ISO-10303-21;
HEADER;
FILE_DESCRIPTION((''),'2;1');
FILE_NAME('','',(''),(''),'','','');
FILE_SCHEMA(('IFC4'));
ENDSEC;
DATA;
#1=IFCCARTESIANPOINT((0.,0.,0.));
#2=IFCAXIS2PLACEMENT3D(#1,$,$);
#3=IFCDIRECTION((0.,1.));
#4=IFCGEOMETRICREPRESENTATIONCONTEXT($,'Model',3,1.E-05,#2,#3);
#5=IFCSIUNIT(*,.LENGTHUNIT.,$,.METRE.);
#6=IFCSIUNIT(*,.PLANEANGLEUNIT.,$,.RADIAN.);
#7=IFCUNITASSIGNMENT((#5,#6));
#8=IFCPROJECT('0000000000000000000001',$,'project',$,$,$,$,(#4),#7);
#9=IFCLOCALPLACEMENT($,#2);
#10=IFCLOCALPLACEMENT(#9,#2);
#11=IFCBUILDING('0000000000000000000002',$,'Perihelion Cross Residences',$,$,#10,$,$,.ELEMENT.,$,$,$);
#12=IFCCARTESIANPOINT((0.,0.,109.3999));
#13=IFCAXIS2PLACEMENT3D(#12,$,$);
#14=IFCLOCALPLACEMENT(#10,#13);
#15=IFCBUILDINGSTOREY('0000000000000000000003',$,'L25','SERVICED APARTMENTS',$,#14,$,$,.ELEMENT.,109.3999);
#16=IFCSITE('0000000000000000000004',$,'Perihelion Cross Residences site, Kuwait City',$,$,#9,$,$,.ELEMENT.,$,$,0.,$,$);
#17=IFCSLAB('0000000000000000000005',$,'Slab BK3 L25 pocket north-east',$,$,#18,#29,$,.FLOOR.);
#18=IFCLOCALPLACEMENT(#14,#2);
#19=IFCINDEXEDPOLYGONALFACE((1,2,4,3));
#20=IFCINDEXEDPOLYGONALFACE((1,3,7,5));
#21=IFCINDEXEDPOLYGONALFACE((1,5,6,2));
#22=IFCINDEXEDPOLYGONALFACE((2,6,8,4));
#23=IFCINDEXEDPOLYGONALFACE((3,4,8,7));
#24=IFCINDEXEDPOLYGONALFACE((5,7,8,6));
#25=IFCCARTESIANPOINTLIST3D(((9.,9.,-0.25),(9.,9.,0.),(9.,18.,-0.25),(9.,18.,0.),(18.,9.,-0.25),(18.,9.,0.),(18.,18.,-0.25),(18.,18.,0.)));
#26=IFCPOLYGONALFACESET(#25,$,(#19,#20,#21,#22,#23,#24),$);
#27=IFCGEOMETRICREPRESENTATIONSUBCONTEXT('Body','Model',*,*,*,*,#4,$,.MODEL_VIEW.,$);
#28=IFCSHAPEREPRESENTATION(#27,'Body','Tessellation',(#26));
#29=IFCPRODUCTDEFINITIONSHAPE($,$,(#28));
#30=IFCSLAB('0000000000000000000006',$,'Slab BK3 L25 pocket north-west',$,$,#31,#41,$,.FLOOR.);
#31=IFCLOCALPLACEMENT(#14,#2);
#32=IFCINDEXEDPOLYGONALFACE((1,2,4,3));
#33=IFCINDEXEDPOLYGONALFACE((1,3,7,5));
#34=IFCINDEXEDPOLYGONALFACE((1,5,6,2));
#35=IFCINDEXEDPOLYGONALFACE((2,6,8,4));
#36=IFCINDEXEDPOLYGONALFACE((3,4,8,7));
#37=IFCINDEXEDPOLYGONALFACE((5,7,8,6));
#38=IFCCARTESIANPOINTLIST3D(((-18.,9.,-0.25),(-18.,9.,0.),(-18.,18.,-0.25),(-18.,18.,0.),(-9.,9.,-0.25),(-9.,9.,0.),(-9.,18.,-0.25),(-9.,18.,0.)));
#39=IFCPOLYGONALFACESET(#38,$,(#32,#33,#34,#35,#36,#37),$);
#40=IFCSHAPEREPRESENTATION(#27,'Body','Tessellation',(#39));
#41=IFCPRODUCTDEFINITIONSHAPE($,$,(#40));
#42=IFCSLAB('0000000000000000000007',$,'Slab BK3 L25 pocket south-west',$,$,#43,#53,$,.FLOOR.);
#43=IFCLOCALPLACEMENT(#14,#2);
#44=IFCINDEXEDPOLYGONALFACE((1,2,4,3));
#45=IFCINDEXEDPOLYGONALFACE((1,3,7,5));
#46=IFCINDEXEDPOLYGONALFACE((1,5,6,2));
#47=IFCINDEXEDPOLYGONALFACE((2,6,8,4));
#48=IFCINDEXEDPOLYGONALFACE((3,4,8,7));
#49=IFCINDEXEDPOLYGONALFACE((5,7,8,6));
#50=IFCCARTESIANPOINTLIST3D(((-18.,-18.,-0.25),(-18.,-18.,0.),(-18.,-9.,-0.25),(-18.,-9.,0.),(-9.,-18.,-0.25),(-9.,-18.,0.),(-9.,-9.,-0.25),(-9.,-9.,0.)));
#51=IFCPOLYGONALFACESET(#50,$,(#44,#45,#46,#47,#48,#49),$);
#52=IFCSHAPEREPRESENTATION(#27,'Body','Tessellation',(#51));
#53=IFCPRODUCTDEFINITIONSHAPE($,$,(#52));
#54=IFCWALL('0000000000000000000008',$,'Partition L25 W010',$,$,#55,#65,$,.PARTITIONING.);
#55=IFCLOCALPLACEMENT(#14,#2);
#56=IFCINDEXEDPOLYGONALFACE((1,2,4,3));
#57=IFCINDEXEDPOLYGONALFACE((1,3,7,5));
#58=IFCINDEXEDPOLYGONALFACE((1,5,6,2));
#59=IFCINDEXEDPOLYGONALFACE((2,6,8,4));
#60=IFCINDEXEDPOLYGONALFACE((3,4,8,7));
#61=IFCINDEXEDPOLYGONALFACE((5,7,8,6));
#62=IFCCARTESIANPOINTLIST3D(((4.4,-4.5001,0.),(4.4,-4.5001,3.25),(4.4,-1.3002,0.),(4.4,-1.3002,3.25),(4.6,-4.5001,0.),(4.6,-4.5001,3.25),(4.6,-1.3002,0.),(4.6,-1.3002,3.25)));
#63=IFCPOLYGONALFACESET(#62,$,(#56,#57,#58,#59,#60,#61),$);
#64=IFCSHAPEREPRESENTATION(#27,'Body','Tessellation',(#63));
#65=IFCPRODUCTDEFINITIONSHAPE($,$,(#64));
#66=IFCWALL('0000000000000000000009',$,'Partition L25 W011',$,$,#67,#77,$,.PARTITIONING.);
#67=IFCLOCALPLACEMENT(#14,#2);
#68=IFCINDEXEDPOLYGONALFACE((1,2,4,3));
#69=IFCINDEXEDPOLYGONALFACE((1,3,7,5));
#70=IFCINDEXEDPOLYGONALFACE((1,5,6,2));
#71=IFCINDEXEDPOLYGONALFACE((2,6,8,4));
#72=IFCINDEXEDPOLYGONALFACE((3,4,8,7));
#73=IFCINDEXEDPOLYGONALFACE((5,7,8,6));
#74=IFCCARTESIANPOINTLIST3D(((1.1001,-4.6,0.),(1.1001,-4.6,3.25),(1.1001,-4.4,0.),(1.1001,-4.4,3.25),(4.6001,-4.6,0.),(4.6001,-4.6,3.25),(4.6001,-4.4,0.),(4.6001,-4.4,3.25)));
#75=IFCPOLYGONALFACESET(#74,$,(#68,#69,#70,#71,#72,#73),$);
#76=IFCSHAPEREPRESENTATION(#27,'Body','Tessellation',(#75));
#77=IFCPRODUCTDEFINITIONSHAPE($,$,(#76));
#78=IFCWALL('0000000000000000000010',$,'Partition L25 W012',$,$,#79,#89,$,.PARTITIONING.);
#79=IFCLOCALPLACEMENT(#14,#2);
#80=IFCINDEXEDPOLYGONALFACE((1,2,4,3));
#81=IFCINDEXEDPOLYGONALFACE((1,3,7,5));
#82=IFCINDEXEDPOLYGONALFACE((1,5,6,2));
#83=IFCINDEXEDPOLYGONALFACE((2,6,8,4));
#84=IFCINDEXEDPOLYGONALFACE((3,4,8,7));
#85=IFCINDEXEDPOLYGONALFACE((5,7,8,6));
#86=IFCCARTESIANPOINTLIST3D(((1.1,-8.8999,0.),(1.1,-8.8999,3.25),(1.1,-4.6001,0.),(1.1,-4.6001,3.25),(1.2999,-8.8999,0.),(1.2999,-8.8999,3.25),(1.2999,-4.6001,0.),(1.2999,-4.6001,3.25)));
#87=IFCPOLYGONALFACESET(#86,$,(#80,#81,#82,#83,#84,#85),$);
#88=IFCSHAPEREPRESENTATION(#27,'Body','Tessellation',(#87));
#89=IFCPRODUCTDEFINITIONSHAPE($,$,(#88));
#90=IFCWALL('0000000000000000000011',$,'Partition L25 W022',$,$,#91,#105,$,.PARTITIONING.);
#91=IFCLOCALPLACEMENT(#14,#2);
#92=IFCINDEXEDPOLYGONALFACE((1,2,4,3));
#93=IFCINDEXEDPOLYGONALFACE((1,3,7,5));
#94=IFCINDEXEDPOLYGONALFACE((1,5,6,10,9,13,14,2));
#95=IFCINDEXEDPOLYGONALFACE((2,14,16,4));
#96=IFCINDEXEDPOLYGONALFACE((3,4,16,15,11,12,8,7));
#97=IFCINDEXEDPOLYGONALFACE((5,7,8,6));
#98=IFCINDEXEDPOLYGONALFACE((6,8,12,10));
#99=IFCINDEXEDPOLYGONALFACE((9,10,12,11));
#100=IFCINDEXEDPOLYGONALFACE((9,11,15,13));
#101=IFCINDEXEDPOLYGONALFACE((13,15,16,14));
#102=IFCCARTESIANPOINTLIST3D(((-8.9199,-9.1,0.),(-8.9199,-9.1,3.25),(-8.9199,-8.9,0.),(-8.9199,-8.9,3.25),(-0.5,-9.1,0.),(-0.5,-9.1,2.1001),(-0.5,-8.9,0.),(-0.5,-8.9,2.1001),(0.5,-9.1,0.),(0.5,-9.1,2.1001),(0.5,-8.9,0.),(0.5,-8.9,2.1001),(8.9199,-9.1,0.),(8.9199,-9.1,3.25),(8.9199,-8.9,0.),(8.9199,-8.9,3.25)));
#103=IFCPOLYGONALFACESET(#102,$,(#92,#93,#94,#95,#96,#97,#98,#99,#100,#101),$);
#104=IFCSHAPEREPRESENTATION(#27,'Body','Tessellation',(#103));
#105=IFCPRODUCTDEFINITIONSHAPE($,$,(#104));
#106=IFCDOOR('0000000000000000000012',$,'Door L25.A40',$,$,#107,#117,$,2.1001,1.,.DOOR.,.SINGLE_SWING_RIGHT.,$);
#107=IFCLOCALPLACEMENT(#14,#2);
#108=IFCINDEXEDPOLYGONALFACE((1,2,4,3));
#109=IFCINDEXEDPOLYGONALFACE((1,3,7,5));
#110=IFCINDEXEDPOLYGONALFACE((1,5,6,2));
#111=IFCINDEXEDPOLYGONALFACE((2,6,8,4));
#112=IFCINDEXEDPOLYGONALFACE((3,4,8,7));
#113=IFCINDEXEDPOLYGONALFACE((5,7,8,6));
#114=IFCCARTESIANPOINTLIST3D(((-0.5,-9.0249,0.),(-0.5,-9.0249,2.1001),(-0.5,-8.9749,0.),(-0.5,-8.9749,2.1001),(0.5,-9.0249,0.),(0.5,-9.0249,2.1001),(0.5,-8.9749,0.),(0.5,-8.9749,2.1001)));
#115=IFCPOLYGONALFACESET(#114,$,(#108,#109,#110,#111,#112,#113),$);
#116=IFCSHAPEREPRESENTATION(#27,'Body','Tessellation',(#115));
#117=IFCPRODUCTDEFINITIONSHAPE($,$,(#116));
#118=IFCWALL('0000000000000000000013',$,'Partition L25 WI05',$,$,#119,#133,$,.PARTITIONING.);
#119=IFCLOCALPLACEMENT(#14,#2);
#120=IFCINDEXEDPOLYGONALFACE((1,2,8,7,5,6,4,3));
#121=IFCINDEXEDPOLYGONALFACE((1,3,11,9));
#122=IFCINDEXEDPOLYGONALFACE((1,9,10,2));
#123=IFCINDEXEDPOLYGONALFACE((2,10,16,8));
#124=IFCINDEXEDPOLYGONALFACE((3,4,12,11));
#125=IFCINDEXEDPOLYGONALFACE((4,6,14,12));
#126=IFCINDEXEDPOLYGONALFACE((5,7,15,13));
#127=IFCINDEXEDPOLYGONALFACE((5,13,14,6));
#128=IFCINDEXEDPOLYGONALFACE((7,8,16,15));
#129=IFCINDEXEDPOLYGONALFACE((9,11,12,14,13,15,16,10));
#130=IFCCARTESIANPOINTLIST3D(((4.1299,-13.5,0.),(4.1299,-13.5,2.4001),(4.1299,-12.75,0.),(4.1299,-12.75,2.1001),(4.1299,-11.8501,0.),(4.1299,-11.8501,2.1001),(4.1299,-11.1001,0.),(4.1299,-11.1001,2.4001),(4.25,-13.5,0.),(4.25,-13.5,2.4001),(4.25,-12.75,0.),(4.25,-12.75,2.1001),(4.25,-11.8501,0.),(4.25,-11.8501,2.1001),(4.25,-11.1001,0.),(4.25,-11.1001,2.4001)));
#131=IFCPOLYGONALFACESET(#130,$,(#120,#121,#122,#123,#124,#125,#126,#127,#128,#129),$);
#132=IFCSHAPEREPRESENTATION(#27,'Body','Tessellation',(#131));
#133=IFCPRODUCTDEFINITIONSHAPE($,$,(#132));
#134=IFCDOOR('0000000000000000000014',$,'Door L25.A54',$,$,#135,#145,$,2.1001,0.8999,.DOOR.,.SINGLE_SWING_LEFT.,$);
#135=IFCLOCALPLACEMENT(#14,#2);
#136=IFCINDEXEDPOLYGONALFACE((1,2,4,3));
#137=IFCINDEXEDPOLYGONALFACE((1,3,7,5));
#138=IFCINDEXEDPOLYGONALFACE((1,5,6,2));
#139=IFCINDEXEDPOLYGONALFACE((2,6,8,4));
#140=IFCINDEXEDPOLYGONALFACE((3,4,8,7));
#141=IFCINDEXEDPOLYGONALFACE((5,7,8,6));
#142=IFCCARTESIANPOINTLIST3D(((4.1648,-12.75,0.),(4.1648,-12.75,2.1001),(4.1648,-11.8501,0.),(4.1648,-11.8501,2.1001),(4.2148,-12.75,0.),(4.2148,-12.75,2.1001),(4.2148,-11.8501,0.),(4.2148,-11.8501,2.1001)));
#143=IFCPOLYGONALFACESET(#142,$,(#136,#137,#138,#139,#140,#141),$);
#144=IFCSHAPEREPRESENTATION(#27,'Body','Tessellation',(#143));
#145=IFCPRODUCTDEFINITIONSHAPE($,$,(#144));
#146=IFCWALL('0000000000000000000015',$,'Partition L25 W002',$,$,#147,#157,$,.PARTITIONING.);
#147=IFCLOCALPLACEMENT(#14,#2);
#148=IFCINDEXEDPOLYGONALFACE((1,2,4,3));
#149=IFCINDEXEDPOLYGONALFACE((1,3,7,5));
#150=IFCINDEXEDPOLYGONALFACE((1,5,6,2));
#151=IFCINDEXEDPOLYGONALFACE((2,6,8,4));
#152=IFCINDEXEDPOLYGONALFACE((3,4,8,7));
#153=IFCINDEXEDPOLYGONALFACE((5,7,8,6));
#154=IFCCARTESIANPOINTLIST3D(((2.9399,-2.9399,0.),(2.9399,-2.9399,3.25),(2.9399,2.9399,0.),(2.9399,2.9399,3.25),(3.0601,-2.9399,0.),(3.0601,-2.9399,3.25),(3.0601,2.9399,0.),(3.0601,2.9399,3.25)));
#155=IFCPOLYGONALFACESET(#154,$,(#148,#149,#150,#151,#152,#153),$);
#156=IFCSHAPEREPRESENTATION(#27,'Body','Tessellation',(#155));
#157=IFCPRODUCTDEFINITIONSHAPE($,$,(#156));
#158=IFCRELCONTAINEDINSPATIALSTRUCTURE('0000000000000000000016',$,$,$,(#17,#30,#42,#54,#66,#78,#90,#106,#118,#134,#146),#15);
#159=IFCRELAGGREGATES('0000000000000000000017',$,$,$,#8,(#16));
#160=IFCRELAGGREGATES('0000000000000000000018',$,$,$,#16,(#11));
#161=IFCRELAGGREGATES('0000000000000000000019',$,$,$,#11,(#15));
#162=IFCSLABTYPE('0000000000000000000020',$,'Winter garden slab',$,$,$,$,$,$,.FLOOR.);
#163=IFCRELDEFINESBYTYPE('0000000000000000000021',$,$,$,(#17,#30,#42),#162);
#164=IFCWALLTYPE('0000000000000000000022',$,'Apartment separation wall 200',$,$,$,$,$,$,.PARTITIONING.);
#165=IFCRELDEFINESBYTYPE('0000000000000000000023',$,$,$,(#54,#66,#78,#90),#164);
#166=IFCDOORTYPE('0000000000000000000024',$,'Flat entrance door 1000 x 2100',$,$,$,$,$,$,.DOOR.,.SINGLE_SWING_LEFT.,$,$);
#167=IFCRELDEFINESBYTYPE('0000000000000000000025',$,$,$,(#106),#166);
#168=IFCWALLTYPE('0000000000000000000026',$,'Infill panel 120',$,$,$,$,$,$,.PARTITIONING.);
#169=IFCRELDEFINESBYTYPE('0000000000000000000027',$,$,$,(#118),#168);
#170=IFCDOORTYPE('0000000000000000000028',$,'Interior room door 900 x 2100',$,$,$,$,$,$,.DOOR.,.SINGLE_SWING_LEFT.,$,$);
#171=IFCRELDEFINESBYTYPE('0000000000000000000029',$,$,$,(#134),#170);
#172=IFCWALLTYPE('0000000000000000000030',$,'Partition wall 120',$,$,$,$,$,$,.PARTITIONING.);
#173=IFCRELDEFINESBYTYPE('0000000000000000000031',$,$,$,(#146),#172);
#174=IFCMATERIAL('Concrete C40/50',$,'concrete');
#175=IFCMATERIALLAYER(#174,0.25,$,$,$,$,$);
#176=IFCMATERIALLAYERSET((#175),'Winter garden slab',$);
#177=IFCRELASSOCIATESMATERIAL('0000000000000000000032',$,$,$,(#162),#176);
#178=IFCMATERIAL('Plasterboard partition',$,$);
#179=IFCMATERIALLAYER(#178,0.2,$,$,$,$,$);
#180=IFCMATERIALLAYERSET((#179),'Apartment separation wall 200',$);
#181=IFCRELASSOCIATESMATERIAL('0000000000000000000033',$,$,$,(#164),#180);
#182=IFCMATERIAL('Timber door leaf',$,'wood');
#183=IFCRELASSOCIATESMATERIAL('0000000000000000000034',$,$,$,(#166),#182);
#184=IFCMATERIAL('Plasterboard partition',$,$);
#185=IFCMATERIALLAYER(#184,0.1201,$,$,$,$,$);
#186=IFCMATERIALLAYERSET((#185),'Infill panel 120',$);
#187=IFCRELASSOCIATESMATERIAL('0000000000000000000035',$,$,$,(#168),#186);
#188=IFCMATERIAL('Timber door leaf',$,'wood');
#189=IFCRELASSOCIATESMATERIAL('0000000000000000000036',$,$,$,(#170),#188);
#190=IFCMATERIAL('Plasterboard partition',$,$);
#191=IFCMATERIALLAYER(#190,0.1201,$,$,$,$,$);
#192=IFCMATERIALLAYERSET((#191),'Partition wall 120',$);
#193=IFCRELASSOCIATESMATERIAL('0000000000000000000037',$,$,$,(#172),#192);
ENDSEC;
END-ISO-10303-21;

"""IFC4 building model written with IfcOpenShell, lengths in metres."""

from ifc_helpers import new_model, si_unit, direction, frame, frame_2d, origin, place, context, subcontext, project, spatial, polyline, rectangle, outline, extrude, material, layer, layer_set, type_object, element, fill, save


model = new_model("IFC4")

# Units and contexts
model_context = context("Model", 3, precision=1e-05, world=origin(), true_north=direction((0.0, 1.0)))
body_context = subcontext(model_context, "Body", "Model", "MODEL_VIEW")
ifc_project = project(units=[si_unit("LENGTHUNIT", "METRE"), si_unit("PLANEANGLEUNIT", "RADIAN")], contexts=[model_context])

# Site, building, storey
site_placement = place(None, origin())
site = spatial("IfcSite", under=ifc_project, at=site_placement, Name="Perihelion Cross Residences site, Kuwait City", CompositionType="ELEMENT", RefElevation=0.0)
building_placement = place(site_placement, origin())
building = spatial("IfcBuilding", under=site, at=building_placement, Name="Perihelion Cross Residences", CompositionType="ELEMENT")
storey_placement = place(building_placement, frame((0.0, 0.0, 109.3999)))
storey = spatial("IfcBuildingStorey", under=building, at=storey_placement, Name="L25", Description="SERVICED APARTMENTS", CompositionType="ELEMENT", Elevation=109.3999)

# Slabs
ifc_material_1 = material(Name="Concrete C40/50", Category="concrete")
ifc_layer_1 = layer(ifc_material_1, 0.25)
ifc_layer_set_1 = layer_set([ifc_layer_1], Name="Winter garden slab")
slab_type_1 = type_object("IfcSlabType", Name="Winter garden slab", PredefinedType="FLOOR", material=ifc_layer_set_1)
slab_1_placement = place(storey_placement, frame((0.0, 0.0, -0.25)))
element("IfcSlab", 1, at=slab_1_placement, inside=storey, type_object=slab_type_1, Name="Slab BK3 L25 pocket north-east", PredefinedType="FLOOR", context=body_context, shape_type="SweptSolid", body=[
    extrude(outline(polyline([(18.0, 9.0), (18.0, 18.0), (9.0, 18.0), (9.0, 9.0), (18.0, 9.0)])), origin(), (0.0, 0.0, 1.0), 0.25),
])
slab_2_placement = place(storey_placement, frame((0.0, 0.0, -0.25)))
element("IfcSlab", 2, at=slab_2_placement, inside=storey, type_object=slab_type_1, Name="Slab BK3 L25 pocket north-west", PredefinedType="FLOOR", context=body_context, shape_type="SweptSolid", body=[
    extrude(outline(polyline([(-9.0, 9.0), (-9.0, 18.0), (-18.0, 18.0), (-18.0, 9.0), (-9.0, 9.0)])), origin(), (0.0, 0.0, 1.0), 0.25),
])
slab_3_placement = place(storey_placement, frame((0.0, 0.0, -0.25)))
element("IfcSlab", 3, at=slab_3_placement, inside=storey, type_object=slab_type_1, Name="Slab BK3 L25 pocket south-west", PredefinedType="FLOOR", context=body_context, shape_type="SweptSolid", body=[
    extrude(outline(polyline([(-9.0, -18.0), (-9.0, -9.0), (-18.0, -9.0), (-18.0, -18.0), (-9.0, -18.0)])), origin(), (0.0, 0.0, 1.0), 0.25),
])

# Walls
ifc_material_2 = material(Name="Plasterboard partition")
ifc_layer_2 = layer(ifc_material_2, 0.2)
ifc_layer_set_2 = layer_set([ifc_layer_2], Name="Apartment separation wall 200")
wall_type_1 = type_object("IfcWallType", Name="Apartment separation wall 200", PredefinedType="PARTITIONING", material=ifc_layer_set_2)
wall_1_placement = place(storey_placement, frame((4.5, -1.3, 0.0), z_axis=(0.0, 0.0, 1.0), x_axis=(0.0, -1.0, 0.0)))
element("IfcWall", 4, at=wall_1_placement, inside=storey, type_object=wall_type_1, Name="Partition L25 W010", PredefinedType="PARTITIONING", context=body_context, shape_type="SweptSolid", body=[
    extrude(rectangle(XDim=3.2, YDim=0.2, at=frame_2d((1.6001, 0.0))), origin(), (0.0, 0.0, 1.0), 3.25),
])
wall_2_placement = place(storey_placement, frame((4.6001, -4.5, 0.0), z_axis=(0.0, 0.0, 1.0), x_axis=(-1.0, 0.0, 0.0)))
element("IfcWall", 5, at=wall_2_placement, inside=storey, type_object=wall_type_1, Name="Partition L25 W011", PredefinedType="PARTITIONING", context=body_context, shape_type="SweptSolid", body=[
    extrude(rectangle(XDim=3.5, YDim=0.2, at=frame_2d((1.75, 0.0))), origin(), (0.0, 0.0, 1.0), 3.25),
])
wall_3_placement = place(storey_placement, frame((1.2, -4.6001, 0.0), z_axis=(0.0, 0.0, 1.0), x_axis=(0.0, -1.0, 0.0)))
element("IfcWall", 6, at=wall_3_placement, inside=storey, type_object=wall_type_1, Name="Partition L25 W012", PredefinedType="PARTITIONING", context=body_context, shape_type="SweptSolid", body=[
    extrude(rectangle(XDim=4.2998, YDim=0.2, at=frame_2d((2.1499, 0.0))), origin(), (0.0, 0.0, 1.0), 3.25),
])

# Walls, openings, doors
wall_4_placement = place(storey_placement, frame((8.9199, -9.0, 0.0), z_axis=(0.0, 0.0, 1.0), x_axis=(-1.0, 0.0, 0.0)))
wall_4 = element("IfcWall", 7, at=wall_4_placement, inside=storey, type_object=wall_type_1, Name="Partition L25 W022", PredefinedType="PARTITIONING", context=body_context, shape_type="SweptSolid", body=[
    extrude(rectangle(XDim=17.8398, YDim=0.2, at=frame_2d((8.9199, 0.0))), origin(), (0.0, 0.0, 1.0), 3.25),
])
opening_1_placement = place(wall_4_placement, frame((8.4199, 0.0, 0.0)))
opening_1 = element("IfcOpeningElement", 8, at=opening_1_placement, cuts=wall_4, PredefinedType="OPENING", context=body_context, shape_type="SweptSolid", body=[
    extrude(rectangle(XDim=1.0, YDim=2.1001, at=frame_2d((0.5, 1.05))), frame((0.0, 0.1099, 0.0), z_axis=(0.0, -1.0, 0.0), x_axis=(1.0, 0.0, 0.0)), (0.0, 0.0, 1.0), 0.22),
])
ifc_material_3 = material(Name="Timber door leaf", Category="wood")
door_type_1 = type_object("IfcDoorType", Name="Flat entrance door 1000 x 2100", OperationType="SINGLE_SWING_LEFT", PredefinedType="DOOR", material=ifc_material_3)
door_1_placement = place(opening_1_placement, origin())
door_1 = element("IfcDoor", 9, at=door_1_placement, inside=storey, type_object=door_type_1, Name="Door L25.A40", OperationType="SINGLE_SWING_RIGHT", OverallHeight=2.1001, OverallWidth=1.0, PredefinedType="DOOR", context=body_context, shape_type="SweptSolid", body=[
    extrude(rectangle(XDim=1.0, YDim=2.1001, at=frame_2d((0.5, 1.05))), frame((0.0, 0.0249, 0.0), z_axis=(0.0, -1.0, 0.0), x_axis=(1.0, 0.0, 0.0)), (0.0, 0.0, 1.0), 0.05),
])
fill(opening_1, door_1)
ifc_material_4 = material(Name="Plasterboard partition")
ifc_layer_3 = layer(ifc_material_4, 0.1201)
ifc_layer_set_3 = layer_set([ifc_layer_3], Name="Infill panel 120")
wall_type_2 = type_object("IfcWallType", Name="Infill panel 120", PredefinedType="PARTITIONING", material=ifc_layer_set_3)
wall_5_placement = place(storey_placement, frame((4.1899, -11.1001, 0.0), z_axis=(0.0, 0.0, 1.0), x_axis=(0.0, -1.0, 0.0)))
wall_5 = element("IfcWall", 10, at=wall_5_placement, inside=storey, type_object=wall_type_2, Name="Partition L25 WI05", PredefinedType="PARTITIONING", context=body_context, shape_type="SweptSolid", body=[
    extrude(rectangle(XDim=2.3999, YDim=0.1201, at=frame_2d((1.2, 0.0))), origin(), (0.0, 0.0, 1.0), 2.4001),
])
opening_2_placement = place(wall_5_placement, frame((0.75, 0.0, 0.0)))
opening_2 = element("IfcOpeningElement", 11, at=opening_2_placement, cuts=wall_5, PredefinedType="OPENING", context=body_context, shape_type="SweptSolid", body=[
    extrude(rectangle(XDim=0.8999, YDim=2.1001, at=frame_2d((0.45, 1.05))), frame((0.0, 0.0701, 0.0), z_axis=(0.0, -1.0, 0.0), x_axis=(1.0, 0.0, 0.0)), (0.0, 0.0, 1.0), 0.1401),
])
ifc_material_5 = material(Name="Timber door leaf", Category="wood")
door_type_2 = type_object("IfcDoorType", Name="Interior room door 900 x 2100", OperationType="SINGLE_SWING_LEFT", PredefinedType="DOOR", material=ifc_material_5)
door_2_placement = place(opening_2_placement, origin())
door_2 = element("IfcDoor", 12, at=door_2_placement, inside=storey, type_object=door_type_2, Name="Door L25.A54", OperationType="SINGLE_SWING_LEFT", OverallHeight=2.1001, OverallWidth=0.8999, PredefinedType="DOOR", context=body_context, shape_type="SweptSolid", body=[
    extrude(rectangle(XDim=0.8999, YDim=2.1001, at=frame_2d((0.45, 1.05))), frame((0.0, 0.0249, 0.0), z_axis=(0.0, -1.0, 0.0), x_axis=(1.0, 0.0, 0.0)), (0.0, 0.0, 1.0), 0.05),
])
fill(opening_2, door_2)

# Wall
ifc_material_6 = material(Name="Plasterboard partition")
ifc_layer_4 = layer(ifc_material_6, 0.1201)
ifc_layer_set_4 = layer_set([ifc_layer_4], Name="Partition wall 120")
wall_type_3 = type_object("IfcWallType", Name="Partition wall 120", PredefinedType="PARTITIONING", material=ifc_layer_set_4)
wall_6_placement = place(storey_placement, frame((3.0, -2.9399, 0.0), z_axis=(0.0, 0.0, 1.0), x_axis=(0.0, 1.0, 0.0)))
element("IfcWall", 13, at=wall_6_placement, inside=storey, type_object=wall_type_3, Name="Partition L25 W002", PredefinedType="PARTITIONING", context=body_context, shape_type="SweptSolid", body=[
    extrude(rectangle(XDim=5.8799, YDim=0.1201, at=frame_2d((2.9399, 0.0))), origin(), (0.0, 0.0, 1.0), 3.25),
])

save(model, "model.ifc")
